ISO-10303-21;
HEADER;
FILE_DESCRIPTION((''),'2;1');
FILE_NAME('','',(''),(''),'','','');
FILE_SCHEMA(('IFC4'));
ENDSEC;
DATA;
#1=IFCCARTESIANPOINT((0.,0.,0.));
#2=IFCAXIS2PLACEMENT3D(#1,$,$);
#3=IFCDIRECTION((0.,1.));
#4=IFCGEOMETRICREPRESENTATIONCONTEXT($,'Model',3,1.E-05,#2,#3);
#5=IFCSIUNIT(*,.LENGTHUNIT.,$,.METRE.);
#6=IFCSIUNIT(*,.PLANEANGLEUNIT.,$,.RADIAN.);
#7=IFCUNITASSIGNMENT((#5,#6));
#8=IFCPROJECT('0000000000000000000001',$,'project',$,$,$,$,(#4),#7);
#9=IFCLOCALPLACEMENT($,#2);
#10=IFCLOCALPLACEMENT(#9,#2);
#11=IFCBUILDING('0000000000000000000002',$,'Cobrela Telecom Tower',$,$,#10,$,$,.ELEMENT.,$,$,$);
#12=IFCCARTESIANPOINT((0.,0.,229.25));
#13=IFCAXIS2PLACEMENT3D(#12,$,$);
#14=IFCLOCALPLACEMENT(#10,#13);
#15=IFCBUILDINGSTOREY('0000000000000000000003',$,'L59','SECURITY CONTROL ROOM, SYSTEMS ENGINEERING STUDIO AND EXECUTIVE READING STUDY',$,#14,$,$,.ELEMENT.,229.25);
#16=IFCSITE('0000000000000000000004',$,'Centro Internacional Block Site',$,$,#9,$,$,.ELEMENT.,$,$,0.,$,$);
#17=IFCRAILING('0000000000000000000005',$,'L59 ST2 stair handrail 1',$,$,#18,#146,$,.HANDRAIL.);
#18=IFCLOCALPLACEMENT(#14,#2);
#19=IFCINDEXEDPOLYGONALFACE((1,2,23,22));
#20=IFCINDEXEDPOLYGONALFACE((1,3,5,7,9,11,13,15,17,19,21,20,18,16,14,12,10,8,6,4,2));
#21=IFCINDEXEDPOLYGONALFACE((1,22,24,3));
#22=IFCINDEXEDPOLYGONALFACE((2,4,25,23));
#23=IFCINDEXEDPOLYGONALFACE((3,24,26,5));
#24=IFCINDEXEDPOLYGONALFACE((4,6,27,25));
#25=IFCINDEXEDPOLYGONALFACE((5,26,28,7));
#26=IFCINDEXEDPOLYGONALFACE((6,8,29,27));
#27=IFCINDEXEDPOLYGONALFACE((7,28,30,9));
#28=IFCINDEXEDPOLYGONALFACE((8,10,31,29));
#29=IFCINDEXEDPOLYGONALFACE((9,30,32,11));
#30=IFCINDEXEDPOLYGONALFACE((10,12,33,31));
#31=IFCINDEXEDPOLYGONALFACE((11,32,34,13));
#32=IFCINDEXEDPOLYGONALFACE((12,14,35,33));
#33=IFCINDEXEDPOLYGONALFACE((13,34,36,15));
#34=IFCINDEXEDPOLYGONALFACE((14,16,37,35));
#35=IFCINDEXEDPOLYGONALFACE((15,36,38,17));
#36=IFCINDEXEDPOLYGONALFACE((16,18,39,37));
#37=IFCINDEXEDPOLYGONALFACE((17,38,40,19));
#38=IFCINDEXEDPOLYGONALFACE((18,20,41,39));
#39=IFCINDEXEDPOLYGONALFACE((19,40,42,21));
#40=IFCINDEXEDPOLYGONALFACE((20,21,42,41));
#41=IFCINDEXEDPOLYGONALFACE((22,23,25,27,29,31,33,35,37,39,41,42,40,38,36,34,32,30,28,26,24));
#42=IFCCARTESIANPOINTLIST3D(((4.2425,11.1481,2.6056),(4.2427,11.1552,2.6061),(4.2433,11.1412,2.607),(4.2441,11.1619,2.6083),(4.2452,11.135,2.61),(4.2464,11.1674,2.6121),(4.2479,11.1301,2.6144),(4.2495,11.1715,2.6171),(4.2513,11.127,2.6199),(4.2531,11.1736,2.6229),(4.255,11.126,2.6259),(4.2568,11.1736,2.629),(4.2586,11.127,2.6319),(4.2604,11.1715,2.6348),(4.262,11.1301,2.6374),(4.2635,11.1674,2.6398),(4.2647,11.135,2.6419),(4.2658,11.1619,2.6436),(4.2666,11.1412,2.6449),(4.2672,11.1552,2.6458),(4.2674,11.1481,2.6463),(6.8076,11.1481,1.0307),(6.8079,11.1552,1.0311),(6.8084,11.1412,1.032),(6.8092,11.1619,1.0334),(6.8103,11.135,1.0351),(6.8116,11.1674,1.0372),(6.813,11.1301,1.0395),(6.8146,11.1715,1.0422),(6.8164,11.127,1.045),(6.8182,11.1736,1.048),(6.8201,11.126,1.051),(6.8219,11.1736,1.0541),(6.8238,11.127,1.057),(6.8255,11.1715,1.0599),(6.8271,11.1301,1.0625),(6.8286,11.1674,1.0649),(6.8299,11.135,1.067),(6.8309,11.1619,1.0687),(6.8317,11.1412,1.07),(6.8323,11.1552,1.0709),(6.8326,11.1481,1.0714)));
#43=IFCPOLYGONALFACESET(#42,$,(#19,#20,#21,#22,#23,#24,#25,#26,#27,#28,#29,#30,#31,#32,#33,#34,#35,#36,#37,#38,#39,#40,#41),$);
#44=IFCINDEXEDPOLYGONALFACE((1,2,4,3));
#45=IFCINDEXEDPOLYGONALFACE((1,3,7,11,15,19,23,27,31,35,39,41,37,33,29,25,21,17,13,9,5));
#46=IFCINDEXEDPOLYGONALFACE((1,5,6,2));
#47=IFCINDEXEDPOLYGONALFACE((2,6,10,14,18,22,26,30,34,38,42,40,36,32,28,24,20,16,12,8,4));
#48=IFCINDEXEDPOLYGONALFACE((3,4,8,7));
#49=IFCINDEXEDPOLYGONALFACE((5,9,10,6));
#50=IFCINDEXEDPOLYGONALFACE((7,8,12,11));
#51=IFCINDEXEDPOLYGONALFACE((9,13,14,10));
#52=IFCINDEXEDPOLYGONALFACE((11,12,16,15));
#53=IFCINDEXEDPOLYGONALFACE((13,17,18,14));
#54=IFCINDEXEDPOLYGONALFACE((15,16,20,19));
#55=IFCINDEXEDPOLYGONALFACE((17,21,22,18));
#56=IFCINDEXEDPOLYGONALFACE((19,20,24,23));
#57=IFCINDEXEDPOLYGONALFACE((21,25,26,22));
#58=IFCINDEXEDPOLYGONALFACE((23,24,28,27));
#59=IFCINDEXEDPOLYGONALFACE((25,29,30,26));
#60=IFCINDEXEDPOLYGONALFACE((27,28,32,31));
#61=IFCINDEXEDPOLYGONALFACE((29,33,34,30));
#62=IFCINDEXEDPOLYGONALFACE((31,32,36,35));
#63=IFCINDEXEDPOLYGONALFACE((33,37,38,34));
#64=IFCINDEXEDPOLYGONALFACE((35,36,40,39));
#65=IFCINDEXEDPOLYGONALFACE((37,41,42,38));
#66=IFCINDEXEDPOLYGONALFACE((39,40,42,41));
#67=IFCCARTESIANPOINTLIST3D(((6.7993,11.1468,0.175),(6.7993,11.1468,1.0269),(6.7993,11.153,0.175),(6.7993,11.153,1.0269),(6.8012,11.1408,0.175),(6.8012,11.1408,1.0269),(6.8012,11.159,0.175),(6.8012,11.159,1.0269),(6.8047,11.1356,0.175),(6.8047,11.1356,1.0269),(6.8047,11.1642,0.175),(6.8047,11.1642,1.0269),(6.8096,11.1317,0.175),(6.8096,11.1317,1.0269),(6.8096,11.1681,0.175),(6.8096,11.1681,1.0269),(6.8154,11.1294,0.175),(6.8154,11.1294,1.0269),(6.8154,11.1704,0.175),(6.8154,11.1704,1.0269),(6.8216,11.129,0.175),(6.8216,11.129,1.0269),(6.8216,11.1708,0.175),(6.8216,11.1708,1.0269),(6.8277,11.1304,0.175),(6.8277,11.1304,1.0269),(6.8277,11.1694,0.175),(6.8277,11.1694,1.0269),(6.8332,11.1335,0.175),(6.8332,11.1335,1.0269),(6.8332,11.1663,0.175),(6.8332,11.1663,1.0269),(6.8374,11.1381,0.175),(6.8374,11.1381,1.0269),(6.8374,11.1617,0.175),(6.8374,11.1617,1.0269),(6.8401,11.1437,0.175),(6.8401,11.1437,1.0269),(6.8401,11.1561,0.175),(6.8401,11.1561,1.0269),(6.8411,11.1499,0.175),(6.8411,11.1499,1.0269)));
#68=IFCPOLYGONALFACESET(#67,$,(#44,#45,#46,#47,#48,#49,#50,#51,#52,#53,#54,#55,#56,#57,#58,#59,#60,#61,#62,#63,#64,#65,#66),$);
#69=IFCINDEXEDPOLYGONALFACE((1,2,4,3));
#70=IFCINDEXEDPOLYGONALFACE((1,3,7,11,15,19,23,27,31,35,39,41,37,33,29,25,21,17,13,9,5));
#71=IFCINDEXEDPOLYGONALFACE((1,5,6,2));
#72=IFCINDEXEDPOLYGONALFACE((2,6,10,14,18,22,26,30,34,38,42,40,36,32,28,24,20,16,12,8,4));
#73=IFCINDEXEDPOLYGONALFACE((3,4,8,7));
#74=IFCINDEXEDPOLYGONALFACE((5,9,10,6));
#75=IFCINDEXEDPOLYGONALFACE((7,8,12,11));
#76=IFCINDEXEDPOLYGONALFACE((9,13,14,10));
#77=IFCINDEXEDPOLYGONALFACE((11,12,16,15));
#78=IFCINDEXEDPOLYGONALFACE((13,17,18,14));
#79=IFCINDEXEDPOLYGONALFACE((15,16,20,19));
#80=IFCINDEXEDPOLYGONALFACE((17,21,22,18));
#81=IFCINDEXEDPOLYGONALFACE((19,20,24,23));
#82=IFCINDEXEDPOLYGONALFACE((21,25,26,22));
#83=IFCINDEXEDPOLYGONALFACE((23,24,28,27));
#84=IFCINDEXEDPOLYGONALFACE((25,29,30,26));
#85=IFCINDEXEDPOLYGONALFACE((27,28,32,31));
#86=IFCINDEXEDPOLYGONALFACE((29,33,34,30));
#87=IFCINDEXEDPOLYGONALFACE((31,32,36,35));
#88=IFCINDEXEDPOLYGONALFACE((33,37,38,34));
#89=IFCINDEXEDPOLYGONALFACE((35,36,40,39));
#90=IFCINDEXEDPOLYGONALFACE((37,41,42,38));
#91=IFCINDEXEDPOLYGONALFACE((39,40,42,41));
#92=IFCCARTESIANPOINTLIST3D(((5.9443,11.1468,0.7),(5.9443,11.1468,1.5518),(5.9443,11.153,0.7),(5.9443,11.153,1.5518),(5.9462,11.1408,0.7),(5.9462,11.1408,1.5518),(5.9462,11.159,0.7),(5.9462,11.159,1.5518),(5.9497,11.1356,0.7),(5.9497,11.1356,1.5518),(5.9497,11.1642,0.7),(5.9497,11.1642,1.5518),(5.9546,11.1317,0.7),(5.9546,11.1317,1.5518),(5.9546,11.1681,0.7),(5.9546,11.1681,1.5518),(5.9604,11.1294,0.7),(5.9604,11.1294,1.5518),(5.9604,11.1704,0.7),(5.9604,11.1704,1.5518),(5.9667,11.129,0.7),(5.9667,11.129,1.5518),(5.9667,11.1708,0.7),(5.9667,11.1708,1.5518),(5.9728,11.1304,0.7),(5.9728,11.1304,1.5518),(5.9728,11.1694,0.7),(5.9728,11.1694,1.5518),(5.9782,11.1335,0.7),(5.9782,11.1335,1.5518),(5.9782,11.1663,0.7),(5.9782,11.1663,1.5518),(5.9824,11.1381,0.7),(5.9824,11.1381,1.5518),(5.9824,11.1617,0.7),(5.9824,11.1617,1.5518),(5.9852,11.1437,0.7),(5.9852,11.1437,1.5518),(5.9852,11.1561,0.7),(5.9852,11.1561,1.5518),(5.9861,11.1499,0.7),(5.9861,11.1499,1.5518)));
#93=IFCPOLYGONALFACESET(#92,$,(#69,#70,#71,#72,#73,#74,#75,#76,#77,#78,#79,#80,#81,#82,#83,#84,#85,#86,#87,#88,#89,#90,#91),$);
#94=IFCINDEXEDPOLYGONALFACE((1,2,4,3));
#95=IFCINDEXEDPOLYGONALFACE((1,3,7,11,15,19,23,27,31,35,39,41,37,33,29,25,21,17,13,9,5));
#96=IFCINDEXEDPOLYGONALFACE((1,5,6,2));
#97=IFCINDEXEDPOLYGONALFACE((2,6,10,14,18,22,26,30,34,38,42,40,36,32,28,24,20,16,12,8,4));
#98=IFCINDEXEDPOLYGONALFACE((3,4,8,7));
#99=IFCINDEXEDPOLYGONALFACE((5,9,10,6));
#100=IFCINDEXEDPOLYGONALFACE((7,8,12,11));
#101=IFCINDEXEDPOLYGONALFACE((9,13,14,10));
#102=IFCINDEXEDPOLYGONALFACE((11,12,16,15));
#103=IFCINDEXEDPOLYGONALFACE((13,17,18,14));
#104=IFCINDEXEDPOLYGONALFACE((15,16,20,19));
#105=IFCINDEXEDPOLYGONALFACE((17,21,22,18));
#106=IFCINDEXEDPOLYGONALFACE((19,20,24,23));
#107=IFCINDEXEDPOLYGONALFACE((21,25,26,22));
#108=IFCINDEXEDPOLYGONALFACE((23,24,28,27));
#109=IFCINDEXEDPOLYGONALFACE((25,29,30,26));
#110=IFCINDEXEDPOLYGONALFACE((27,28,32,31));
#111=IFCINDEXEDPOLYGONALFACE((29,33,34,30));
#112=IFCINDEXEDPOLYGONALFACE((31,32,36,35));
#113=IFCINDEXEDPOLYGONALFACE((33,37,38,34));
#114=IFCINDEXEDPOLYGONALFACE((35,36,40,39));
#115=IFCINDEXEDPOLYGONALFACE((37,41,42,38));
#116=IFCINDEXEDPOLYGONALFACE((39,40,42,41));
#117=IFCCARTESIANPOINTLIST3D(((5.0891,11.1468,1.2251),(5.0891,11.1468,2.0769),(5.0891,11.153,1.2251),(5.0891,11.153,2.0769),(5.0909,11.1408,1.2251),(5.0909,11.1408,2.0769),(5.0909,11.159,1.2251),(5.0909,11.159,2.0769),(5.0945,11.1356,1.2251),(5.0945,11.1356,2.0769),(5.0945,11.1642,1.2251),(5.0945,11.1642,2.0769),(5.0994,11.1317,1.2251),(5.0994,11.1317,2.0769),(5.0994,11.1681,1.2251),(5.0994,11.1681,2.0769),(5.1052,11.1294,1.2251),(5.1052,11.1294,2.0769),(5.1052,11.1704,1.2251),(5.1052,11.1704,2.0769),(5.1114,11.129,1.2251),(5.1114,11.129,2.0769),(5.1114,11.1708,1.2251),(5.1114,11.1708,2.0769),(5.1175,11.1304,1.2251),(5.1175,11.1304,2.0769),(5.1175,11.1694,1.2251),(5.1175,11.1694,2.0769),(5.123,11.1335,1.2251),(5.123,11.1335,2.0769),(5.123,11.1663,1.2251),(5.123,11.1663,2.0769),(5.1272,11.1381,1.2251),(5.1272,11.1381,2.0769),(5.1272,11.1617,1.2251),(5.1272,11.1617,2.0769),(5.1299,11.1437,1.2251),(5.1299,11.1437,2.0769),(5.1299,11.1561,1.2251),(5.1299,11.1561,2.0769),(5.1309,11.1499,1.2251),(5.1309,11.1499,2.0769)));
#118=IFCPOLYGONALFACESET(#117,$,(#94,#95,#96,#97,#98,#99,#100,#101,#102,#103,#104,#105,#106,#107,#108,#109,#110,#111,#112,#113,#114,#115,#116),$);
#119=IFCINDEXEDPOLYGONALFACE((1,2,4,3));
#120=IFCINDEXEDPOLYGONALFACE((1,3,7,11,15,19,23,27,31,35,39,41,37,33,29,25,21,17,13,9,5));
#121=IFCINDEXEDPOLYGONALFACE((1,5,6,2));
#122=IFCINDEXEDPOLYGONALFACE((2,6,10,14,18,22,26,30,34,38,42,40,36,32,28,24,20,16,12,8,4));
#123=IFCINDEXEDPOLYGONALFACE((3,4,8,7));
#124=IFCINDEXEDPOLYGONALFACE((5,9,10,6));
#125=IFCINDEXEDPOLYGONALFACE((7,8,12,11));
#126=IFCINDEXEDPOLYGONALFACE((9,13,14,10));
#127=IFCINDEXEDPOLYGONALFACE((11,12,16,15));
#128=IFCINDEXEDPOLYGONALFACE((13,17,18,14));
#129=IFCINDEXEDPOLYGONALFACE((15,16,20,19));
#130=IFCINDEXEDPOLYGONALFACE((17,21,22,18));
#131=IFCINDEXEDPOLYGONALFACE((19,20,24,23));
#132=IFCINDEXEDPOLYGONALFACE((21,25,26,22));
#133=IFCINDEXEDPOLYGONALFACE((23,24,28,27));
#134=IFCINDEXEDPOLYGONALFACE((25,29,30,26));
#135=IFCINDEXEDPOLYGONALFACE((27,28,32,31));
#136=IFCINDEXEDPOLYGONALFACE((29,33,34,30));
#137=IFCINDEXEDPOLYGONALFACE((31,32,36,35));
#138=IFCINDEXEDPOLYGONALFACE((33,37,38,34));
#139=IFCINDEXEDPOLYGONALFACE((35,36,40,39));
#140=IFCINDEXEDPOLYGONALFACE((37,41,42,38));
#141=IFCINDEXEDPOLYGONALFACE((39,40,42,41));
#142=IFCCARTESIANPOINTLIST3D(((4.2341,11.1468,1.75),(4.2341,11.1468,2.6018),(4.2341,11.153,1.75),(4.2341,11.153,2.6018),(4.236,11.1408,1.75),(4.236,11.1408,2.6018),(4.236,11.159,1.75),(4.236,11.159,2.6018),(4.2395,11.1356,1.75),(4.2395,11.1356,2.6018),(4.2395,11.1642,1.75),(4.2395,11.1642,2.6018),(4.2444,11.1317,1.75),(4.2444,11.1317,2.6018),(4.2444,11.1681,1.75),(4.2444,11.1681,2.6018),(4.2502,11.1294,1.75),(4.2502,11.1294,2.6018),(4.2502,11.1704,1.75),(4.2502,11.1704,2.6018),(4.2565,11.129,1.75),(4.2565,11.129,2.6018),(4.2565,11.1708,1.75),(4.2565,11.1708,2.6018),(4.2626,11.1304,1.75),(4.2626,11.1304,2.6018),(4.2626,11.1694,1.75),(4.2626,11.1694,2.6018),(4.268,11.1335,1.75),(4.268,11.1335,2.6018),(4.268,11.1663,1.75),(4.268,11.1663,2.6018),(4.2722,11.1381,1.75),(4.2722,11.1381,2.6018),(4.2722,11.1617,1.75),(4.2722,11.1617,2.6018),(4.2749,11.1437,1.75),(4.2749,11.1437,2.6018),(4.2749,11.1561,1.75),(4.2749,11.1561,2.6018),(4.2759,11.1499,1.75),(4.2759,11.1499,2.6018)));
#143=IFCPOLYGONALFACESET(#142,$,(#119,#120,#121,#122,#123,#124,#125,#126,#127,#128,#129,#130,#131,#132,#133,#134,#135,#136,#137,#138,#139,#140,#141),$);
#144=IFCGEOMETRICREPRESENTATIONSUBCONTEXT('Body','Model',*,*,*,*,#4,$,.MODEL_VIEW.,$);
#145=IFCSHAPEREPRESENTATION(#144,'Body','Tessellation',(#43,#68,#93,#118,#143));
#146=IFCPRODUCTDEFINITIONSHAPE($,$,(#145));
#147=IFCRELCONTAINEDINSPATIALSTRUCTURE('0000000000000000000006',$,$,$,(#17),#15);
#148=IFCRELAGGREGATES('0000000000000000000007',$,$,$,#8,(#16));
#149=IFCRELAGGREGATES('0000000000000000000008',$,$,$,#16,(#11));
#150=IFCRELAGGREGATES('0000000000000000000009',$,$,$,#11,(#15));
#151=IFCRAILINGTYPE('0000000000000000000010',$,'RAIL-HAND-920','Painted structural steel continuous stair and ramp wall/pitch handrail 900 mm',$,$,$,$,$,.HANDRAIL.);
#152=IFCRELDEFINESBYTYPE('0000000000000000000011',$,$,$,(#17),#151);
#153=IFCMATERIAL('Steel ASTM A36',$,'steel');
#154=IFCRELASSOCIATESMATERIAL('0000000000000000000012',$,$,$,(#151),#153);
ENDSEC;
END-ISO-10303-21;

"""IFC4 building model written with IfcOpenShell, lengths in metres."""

from ifc_helpers import new_model, si_unit, direction, frame, origin, origin_2d, place, context, subcontext, project, spatial, circle, extrude, material, type_object, element, save


model = new_model("IFC4")

# Units and contexts
model_context = context("Model", 3, precision=1e-05, world=origin(), true_north=direction((0.0, 1.0)))
body_context = subcontext(model_context, "Body", "Model", "MODEL_VIEW")
ifc_project = project(units=[si_unit("LENGTHUNIT", "METRE"), si_unit("PLANEANGLEUNIT", "RADIAN")], contexts=[model_context])

# Site, building, storey
site_placement = place(None, origin())
site = spatial("IfcSite", under=ifc_project, at=site_placement, Name="Centro Internacional Block Site", CompositionType="ELEMENT", RefElevation=0.0)
building_placement = place(site_placement, origin())
building = spatial("IfcBuilding", under=site, at=building_placement, Name="Cobrela Telecom Tower", CompositionType="ELEMENT")
storey_placement = place(building_placement, frame((0.0, 0.0, 229.25)))
storey = spatial("IfcBuildingStorey", under=building, at=storey_placement, Name="L59", Description="SECURITY CONTROL ROOM, SYSTEMS ENGINEERING STUDIO AND EXECUTIVE READING STUDY", CompositionType="ELEMENT", Elevation=229.25)

# Railing
ifc_material_1 = material(Name="Steel ASTM A36", Category="steel")
railing_type_1 = type_object("IfcRailingType", Name="RAIL-HAND-920", Description="Painted structural steel continuous stair and ramp wall/pitch handrail 900 mm", PredefinedType="HANDRAIL", material=ifc_material_1)
railing_1_placement = place(storey_placement, frame((6.8201, 11.1499, 0.175)))
element("IfcRailing", 1, at=railing_1_placement, inside=storey, type_object=railing_type_1, Name="L59 ST2 stair handrail 1", PredefinedType="HANDRAIL", context=body_context, shape_type="SweptSolid", body=[
    extrude(circle(Radius=0.0239, at=origin_2d()), frame((0.0, 0.0, 0.876), z_axis=(-0.852195, 0.0, 0.523224), x_axis=(0.0, -1.0, 0.0)), (0.0, 0.0, 1.0), 3.01),
    extrude(circle(Radius=0.021, at=origin_2d()), origin(), (0.0, 0.0, 1.0), 0.8518),
    extrude(circle(Radius=0.021, at=origin_2d()), frame((-0.855, 0.0, 0.5249)), (0.0, 0.0, 1.0), 0.8518),
    extrude(circle(Radius=0.021, at=origin_2d()), frame((-1.7102, 0.0, 1.05)), (0.0, 0.0, 1.0), 0.8518),
    extrude(circle(Radius=0.021, at=origin_2d()), frame((-2.5652, 0.0, 1.575)), (0.0, 0.0, 1.0), 0.8518),
])

save(model, "model.ifc")
